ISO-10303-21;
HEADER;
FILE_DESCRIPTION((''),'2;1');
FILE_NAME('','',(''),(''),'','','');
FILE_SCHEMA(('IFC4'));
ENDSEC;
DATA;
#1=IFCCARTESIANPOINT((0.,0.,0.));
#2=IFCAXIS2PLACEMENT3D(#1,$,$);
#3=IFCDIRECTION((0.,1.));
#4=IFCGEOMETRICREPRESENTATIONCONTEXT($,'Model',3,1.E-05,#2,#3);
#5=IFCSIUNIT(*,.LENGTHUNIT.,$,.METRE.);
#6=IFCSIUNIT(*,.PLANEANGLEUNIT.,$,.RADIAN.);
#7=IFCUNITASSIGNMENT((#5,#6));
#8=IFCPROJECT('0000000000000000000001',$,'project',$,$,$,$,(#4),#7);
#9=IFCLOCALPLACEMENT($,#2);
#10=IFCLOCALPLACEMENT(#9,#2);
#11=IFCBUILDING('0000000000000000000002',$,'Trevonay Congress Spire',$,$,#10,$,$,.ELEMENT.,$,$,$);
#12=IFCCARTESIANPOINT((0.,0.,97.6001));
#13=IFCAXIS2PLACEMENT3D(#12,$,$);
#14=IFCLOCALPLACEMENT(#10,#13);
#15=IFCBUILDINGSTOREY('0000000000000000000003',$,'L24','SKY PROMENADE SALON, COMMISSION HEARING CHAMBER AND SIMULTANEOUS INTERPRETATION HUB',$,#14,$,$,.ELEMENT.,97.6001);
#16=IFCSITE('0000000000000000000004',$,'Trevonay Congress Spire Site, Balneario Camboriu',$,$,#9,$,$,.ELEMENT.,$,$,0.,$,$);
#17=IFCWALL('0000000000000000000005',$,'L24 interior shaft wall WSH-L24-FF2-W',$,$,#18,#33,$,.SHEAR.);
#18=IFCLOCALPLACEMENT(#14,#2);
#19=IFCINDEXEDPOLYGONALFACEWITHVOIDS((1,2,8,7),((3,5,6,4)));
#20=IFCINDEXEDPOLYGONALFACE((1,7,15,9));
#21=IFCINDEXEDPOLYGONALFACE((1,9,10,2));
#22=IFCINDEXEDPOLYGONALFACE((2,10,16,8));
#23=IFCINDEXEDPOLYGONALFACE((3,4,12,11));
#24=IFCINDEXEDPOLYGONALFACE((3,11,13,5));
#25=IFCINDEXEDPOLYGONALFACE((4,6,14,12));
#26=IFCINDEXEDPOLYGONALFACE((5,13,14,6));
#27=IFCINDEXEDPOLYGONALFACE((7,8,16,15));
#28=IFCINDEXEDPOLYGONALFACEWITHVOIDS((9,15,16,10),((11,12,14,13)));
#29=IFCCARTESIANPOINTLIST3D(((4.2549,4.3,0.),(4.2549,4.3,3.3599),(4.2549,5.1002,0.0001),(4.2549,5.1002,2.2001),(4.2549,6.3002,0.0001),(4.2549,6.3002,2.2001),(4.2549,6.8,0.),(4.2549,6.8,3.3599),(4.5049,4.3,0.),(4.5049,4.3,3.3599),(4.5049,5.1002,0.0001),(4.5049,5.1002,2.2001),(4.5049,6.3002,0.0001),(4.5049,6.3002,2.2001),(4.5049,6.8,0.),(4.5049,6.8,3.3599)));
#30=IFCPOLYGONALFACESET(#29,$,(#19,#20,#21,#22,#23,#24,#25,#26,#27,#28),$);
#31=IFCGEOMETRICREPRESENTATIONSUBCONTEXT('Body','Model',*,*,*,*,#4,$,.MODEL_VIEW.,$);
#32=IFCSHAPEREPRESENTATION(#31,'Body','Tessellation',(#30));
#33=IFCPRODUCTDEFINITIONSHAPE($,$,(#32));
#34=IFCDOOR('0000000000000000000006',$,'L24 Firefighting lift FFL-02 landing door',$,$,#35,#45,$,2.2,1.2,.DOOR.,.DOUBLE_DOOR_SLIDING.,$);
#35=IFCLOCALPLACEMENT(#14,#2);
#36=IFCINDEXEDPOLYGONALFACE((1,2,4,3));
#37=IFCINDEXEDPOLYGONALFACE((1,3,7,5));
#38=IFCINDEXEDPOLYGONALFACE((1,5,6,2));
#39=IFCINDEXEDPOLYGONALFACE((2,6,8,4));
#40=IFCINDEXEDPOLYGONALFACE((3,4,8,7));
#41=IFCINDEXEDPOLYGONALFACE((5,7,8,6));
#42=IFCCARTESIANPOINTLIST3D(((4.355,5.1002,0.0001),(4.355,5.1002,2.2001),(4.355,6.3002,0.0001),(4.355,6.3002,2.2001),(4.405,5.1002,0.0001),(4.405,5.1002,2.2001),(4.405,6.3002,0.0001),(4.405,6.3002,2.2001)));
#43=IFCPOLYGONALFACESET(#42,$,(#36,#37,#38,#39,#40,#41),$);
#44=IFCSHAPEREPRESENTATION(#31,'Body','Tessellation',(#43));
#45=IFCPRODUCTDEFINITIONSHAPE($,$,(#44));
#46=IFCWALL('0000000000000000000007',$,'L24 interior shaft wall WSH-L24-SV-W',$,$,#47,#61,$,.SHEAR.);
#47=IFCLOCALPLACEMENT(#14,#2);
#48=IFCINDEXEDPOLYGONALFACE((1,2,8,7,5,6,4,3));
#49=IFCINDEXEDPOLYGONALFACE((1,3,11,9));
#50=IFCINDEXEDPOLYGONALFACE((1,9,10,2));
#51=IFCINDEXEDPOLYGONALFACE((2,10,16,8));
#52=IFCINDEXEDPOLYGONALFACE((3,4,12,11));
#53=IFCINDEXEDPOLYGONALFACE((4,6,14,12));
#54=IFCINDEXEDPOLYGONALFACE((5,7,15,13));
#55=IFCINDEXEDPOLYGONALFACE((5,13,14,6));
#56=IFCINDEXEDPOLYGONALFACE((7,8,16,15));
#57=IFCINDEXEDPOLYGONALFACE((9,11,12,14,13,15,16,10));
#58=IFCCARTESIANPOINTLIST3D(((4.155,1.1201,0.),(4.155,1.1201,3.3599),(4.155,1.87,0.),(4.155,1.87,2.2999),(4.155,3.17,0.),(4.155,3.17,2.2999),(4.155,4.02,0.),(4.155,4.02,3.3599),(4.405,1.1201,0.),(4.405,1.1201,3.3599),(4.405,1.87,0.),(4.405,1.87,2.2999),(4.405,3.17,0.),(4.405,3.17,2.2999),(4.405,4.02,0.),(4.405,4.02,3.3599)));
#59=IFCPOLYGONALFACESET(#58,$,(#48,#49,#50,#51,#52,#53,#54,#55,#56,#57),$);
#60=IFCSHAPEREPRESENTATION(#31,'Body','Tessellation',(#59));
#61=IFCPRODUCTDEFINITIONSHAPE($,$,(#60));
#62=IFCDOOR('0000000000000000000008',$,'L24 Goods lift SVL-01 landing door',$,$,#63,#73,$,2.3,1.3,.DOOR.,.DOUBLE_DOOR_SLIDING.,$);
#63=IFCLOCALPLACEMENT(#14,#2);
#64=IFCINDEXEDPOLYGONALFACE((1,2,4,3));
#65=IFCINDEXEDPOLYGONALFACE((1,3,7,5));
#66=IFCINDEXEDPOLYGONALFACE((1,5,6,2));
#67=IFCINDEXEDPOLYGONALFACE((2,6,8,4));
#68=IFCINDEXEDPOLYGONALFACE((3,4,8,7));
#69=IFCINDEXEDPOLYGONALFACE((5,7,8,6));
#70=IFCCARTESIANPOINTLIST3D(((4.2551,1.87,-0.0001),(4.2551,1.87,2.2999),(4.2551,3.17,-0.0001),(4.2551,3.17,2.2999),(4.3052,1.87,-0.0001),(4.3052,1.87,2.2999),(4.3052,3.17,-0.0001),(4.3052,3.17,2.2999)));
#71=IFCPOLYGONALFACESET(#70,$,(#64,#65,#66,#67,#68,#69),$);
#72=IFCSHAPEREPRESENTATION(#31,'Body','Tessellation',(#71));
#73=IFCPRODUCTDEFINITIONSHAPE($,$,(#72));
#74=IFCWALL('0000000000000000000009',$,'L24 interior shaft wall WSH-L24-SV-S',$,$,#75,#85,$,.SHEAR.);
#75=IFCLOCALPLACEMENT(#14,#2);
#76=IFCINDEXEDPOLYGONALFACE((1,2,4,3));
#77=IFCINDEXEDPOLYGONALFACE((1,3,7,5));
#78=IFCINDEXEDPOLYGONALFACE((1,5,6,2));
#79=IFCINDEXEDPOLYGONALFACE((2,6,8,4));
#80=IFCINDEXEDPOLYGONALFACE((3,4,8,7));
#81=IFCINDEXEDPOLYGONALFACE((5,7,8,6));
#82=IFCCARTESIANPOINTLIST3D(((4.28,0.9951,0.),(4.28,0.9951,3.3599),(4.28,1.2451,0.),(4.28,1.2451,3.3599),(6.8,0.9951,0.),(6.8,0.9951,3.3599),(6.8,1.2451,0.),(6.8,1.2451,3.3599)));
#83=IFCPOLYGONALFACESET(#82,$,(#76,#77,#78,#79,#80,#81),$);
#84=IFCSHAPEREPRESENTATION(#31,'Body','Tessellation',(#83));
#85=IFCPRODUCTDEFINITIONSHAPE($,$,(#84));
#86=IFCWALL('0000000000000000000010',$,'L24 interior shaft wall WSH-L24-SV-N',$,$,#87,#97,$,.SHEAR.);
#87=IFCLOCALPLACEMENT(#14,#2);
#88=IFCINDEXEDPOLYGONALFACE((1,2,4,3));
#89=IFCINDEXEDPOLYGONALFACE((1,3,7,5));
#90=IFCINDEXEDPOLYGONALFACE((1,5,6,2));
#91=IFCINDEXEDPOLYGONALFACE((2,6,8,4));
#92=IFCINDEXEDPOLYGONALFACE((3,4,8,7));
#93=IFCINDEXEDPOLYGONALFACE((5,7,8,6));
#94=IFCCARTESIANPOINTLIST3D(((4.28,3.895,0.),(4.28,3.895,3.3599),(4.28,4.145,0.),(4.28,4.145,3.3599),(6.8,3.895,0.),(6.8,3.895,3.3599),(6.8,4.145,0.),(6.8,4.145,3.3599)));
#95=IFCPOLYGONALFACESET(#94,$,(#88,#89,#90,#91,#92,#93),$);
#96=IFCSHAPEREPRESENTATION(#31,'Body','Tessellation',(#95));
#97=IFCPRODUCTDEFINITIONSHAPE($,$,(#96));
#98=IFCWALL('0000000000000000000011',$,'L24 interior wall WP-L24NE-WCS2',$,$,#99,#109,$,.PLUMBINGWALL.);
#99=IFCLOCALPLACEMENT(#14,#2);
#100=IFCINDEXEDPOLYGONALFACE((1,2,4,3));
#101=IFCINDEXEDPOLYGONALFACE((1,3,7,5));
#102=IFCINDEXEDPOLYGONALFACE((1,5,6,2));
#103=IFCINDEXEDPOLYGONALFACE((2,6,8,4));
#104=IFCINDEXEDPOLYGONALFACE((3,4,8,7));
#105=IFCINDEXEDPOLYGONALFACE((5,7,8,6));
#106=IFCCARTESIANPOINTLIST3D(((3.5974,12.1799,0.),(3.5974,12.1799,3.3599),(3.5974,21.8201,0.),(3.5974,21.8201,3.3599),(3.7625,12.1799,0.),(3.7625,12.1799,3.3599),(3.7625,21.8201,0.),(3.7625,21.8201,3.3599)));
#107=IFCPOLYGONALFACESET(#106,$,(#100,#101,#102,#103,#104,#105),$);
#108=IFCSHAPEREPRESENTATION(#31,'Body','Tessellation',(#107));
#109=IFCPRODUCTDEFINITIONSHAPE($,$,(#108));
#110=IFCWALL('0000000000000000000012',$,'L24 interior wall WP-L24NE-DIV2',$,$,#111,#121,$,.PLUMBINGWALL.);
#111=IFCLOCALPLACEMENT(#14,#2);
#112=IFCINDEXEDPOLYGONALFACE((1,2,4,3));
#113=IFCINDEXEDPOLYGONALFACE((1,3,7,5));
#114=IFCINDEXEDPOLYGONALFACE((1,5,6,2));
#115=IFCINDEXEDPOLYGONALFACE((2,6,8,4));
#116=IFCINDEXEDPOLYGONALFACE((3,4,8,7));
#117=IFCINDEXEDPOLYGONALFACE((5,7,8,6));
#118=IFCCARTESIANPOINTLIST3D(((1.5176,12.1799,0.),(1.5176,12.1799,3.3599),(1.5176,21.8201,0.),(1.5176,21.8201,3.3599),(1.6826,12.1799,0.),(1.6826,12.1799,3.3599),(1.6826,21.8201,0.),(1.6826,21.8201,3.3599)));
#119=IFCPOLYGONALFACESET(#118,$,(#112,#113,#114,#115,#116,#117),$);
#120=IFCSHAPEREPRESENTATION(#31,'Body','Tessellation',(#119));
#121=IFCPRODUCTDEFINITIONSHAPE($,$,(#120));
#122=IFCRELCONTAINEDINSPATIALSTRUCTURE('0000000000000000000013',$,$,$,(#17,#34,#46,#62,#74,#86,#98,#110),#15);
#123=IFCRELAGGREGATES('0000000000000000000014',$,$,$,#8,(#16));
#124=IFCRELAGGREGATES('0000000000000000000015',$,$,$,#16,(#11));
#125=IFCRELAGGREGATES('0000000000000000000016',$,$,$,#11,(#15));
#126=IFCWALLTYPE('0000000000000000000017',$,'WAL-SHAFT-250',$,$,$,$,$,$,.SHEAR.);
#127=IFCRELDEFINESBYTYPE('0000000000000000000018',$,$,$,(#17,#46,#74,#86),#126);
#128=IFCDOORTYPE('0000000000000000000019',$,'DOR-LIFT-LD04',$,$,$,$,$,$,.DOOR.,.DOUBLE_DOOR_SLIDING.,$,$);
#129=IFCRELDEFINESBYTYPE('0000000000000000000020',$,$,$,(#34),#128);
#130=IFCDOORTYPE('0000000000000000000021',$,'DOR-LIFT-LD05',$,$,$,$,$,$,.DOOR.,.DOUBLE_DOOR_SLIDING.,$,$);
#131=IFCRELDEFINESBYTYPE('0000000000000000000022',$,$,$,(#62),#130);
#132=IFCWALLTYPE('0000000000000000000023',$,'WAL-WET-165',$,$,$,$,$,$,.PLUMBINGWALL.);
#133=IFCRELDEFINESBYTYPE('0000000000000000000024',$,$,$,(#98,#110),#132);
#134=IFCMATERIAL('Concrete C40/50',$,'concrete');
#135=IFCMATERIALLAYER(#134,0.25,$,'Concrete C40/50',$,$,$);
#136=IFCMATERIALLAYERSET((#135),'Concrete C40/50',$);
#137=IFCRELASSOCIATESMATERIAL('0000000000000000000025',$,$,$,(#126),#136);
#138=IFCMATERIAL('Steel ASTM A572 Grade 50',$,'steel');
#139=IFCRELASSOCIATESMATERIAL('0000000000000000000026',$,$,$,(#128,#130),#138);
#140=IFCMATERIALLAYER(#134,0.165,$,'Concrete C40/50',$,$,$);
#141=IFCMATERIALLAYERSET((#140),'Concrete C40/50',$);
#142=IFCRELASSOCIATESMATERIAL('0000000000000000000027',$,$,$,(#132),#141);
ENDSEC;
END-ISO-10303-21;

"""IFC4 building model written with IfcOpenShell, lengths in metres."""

from ifc_helpers import new_model, si_unit, direction, frame, frame_2d, origin, place, context, subcontext, project, spatial, rectangle, extrude, material, layer, layer_set, type_object, element, fill, save


model = new_model("IFC4")

# Units and contexts
model_context = context("Model", 3, precision=1e-05, world=origin(), true_north=direction((0.0, 1.0)))
body_context = subcontext(model_context, "Body", "Model", "MODEL_VIEW")
ifc_project = project(units=[si_unit("LENGTHUNIT", "METRE"), si_unit("PLANEANGLEUNIT", "RADIAN")], contexts=[model_context])

# Site, building, storey
site_placement = place(None, origin())
site = spatial("IfcSite", under=ifc_project, at=site_placement, Name="Trevonay Congress Spire Site, Balneario Camboriu", CompositionType="ELEMENT", RefElevation=0.0)
building_placement = place(site_placement, origin())
building = spatial("IfcBuilding", under=site, at=building_placement, Name="Trevonay Congress Spire", CompositionType="ELEMENT")
storey_placement = place(building_placement, frame((0.0, 0.0, 97.6001)))
storey = spatial("IfcBuildingStorey", under=building, at=storey_placement, Name="L24", Description="SKY PROMENADE SALON, COMMISSION HEARING CHAMBER AND SIMULTANEOUS INTERPRETATION HUB", CompositionType="ELEMENT", Elevation=97.6001)

# Shared definitions
ifc_material_1 = material(Name="Steel ASTM A572 Grade 50", Category="steel")

# Shared definitions
ifc_material_2 = material(Name="Concrete C40/50", Category="concrete")
ifc_layer_1 = layer(ifc_material_2, 0.25, Name="Concrete C40/50")
ifc_layer_set_1 = layer_set([ifc_layer_1], Name="Concrete C40/50")
wall_type_1 = type_object("IfcWallType", Name="WAL-SHAFT-250", PredefinedType="SHEAR", material=ifc_layer_set_1)

# Walls, openings, doors
wall_1_placement = place(storey_placement, frame((4.3799, 4.3, 0.0), z_axis=(0.0, 0.0, 1.0), x_axis=(0.0, 1.0, 0.0)))
wall_1 = element("IfcWall", 1, at=wall_1_placement, inside=storey, type_object=wall_type_1, Name="L24 interior shaft wall WSH-L24-FF2-W", PredefinedType="SHEAR", context=body_context, shape_type="SweptSolid", body=[
    extrude(rectangle(XDim=2.5, YDim=0.25, at=frame_2d((1.25, 0.0))), origin(), (0.0, 0.0, 1.0), 3.3599),
])
opening_1_placement = place(wall_1_placement, frame((0.8, 0.0, 0.0)))
opening_1 = element("IfcOpeningElement", 2, at=opening_1_placement, cuts=wall_1, PredefinedType="OPENING", context=body_context, shape_type="SweptSolid", body=[
    extrude(rectangle(XDim=1.2, YDim=2.2, at=frame_2d((0.6001, 1.1001))), frame((0.0, 0.135, 0.0), z_axis=(0.0, -1.0, 0.0), x_axis=(1.0, 0.0, 0.0)), (0.0, 0.0, 1.0), 0.27),
])
door_type_1 = type_object("IfcDoorType", Name="DOR-LIFT-LD04", OperationType="DOUBLE_DOOR_SLIDING", PredefinedType="DOOR", material=ifc_material_1)
door_1_placement = place(opening_1_placement, origin())
door_1 = element("IfcDoor", 3, at=door_1_placement, inside=storey, type_object=door_type_1, Name="L24 Firefighting lift FFL-02 landing door", OperationType="DOUBLE_DOOR_SLIDING", OverallHeight=2.2, OverallWidth=1.2, PredefinedType="DOOR", context=body_context, shape_type="SweptSolid", body=[
    extrude(rectangle(XDim=1.2, YDim=2.2, at=frame_2d((0.6001, 1.1001))), frame((0.0, 0.0249, 0.0), z_axis=(0.0, -1.0, 0.0), x_axis=(1.0, 0.0, 0.0)), (0.0, 0.0, 1.0), 0.05),
])
fill(opening_1, door_1)
wall_2_placement = place(storey_placement, frame((4.28, 1.1201, 0.0), z_axis=(0.0, 0.0, 1.0), x_axis=(0.0, 1.0, 0.0)))
wall_2 = element("IfcWall", 4, at=wall_2_placement, inside=storey, type_object=wall_type_1, Name="L24 interior shaft wall WSH-L24-SV-W", PredefinedType="SHEAR", context=body_context, shape_type="SweptSolid", body=[
    extrude(rectangle(XDim=2.8999, YDim=0.25, at=frame_2d((1.45, 0.0))), origin(), (0.0, 0.0, 1.0), 3.3599),
])
opening_2_placement = place(wall_2_placement, frame((0.75, 0.0, 0.0)))
opening_2 = element("IfcOpeningElement", 5, at=opening_2_placement, cuts=wall_2, PredefinedType="OPENING", context=body_context, shape_type="SweptSolid", body=[
    extrude(rectangle(XDim=1.3, YDim=2.3, at=frame_2d((0.6499, 1.1499))), frame((0.0, 0.135, 0.0), z_axis=(0.0, -1.0, 0.0), x_axis=(1.0, 0.0, 0.0)), (0.0, 0.0, 1.0), 0.27),
])
door_type_2 = type_object("IfcDoorType", Name="DOR-LIFT-LD05", OperationType="DOUBLE_DOOR_SLIDING", PredefinedType="DOOR", material=ifc_material_1)
door_2_placement = place(opening_2_placement, origin())
door_2 = element("IfcDoor", 6, at=door_2_placement, inside=storey, type_object=door_type_2, Name="L24 Goods lift SVL-01 landing door", OperationType="DOUBLE_DOOR_SLIDING", OverallHeight=2.3, OverallWidth=1.3, PredefinedType="DOOR", context=body_context, shape_type="SweptSolid", body=[
    extrude(rectangle(XDim=1.3, YDim=2.3, at=frame_2d((0.6499, 1.1499))), frame((0.0, 0.0249, 0.0), z_axis=(0.0, -1.0, 0.0), x_axis=(1.0, 0.0, 0.0)), (0.0, 0.0, 1.0), 0.05),
])
fill(opening_2, door_2)

# Walls
for number, where, z_axis, x_axis, name in (
    (7, (4.28, 1.1201, 0.0), (0.0, 0.0, 1.0), (1.0, 0.0, 0.0), "L24 interior shaft wall WSH-L24-SV-S"),
    (8, (4.28, 4.02, 0.0), (0.0, 0.0, 1.0), (1.0, 0.0, 0.0), "L24 interior shaft wall WSH-L24-SV-N"),
):
    element("IfcWall", number, at=place(storey_placement, frame(where, z_axis=z_axis, x_axis=x_axis)), inside=storey, type_object=wall_type_1, Name=name, PredefinedType="SHEAR", context=body_context, shape_type="SweptSolid", body=[
        extrude(rectangle(XDim=2.52, YDim=0.25, at=frame_2d((1.26, 0.0))), origin(), (0.0, 0.0, 1.0), 3.3599),
    ])
ifc_layer_2 = layer(ifc_material_2, 0.165, Name="Concrete C40/50")
ifc_layer_set_2 = layer_set([ifc_layer_2], Name="Concrete C40/50")
wall_type_2 = type_object("IfcWallType", Name="WAL-WET-165", PredefinedType="PLUMBINGWALL", material=ifc_layer_set_2)
for number, where, z_axis, x_axis, name in (
    (9, (3.6799, 12.1799, 0.0), (0.0, 0.0, 1.0), (0.0, 1.0, 0.0), "L24 interior wall WP-L24NE-WCS2"),
    (10, (1.6001, 12.1799, 0.0), (0.0, 0.0, 1.0), (0.0, 1.0, 0.0), "L24 interior wall WP-L24NE-DIV2"),
):
    element("IfcWall", number, at=place(storey_placement, frame(where, z_axis=z_axis, x_axis=x_axis)), inside=storey, type_object=wall_type_2, Name=name, PredefinedType="PLUMBINGWALL", context=body_context, shape_type="SweptSolid", body=[
        extrude(rectangle(XDim=9.6401, YDim=0.165, at=frame_2d((4.8201, 0.0))), origin(), (0.0, 0.0, 1.0), 3.3599),
    ])

save(model, "model.ifc")
